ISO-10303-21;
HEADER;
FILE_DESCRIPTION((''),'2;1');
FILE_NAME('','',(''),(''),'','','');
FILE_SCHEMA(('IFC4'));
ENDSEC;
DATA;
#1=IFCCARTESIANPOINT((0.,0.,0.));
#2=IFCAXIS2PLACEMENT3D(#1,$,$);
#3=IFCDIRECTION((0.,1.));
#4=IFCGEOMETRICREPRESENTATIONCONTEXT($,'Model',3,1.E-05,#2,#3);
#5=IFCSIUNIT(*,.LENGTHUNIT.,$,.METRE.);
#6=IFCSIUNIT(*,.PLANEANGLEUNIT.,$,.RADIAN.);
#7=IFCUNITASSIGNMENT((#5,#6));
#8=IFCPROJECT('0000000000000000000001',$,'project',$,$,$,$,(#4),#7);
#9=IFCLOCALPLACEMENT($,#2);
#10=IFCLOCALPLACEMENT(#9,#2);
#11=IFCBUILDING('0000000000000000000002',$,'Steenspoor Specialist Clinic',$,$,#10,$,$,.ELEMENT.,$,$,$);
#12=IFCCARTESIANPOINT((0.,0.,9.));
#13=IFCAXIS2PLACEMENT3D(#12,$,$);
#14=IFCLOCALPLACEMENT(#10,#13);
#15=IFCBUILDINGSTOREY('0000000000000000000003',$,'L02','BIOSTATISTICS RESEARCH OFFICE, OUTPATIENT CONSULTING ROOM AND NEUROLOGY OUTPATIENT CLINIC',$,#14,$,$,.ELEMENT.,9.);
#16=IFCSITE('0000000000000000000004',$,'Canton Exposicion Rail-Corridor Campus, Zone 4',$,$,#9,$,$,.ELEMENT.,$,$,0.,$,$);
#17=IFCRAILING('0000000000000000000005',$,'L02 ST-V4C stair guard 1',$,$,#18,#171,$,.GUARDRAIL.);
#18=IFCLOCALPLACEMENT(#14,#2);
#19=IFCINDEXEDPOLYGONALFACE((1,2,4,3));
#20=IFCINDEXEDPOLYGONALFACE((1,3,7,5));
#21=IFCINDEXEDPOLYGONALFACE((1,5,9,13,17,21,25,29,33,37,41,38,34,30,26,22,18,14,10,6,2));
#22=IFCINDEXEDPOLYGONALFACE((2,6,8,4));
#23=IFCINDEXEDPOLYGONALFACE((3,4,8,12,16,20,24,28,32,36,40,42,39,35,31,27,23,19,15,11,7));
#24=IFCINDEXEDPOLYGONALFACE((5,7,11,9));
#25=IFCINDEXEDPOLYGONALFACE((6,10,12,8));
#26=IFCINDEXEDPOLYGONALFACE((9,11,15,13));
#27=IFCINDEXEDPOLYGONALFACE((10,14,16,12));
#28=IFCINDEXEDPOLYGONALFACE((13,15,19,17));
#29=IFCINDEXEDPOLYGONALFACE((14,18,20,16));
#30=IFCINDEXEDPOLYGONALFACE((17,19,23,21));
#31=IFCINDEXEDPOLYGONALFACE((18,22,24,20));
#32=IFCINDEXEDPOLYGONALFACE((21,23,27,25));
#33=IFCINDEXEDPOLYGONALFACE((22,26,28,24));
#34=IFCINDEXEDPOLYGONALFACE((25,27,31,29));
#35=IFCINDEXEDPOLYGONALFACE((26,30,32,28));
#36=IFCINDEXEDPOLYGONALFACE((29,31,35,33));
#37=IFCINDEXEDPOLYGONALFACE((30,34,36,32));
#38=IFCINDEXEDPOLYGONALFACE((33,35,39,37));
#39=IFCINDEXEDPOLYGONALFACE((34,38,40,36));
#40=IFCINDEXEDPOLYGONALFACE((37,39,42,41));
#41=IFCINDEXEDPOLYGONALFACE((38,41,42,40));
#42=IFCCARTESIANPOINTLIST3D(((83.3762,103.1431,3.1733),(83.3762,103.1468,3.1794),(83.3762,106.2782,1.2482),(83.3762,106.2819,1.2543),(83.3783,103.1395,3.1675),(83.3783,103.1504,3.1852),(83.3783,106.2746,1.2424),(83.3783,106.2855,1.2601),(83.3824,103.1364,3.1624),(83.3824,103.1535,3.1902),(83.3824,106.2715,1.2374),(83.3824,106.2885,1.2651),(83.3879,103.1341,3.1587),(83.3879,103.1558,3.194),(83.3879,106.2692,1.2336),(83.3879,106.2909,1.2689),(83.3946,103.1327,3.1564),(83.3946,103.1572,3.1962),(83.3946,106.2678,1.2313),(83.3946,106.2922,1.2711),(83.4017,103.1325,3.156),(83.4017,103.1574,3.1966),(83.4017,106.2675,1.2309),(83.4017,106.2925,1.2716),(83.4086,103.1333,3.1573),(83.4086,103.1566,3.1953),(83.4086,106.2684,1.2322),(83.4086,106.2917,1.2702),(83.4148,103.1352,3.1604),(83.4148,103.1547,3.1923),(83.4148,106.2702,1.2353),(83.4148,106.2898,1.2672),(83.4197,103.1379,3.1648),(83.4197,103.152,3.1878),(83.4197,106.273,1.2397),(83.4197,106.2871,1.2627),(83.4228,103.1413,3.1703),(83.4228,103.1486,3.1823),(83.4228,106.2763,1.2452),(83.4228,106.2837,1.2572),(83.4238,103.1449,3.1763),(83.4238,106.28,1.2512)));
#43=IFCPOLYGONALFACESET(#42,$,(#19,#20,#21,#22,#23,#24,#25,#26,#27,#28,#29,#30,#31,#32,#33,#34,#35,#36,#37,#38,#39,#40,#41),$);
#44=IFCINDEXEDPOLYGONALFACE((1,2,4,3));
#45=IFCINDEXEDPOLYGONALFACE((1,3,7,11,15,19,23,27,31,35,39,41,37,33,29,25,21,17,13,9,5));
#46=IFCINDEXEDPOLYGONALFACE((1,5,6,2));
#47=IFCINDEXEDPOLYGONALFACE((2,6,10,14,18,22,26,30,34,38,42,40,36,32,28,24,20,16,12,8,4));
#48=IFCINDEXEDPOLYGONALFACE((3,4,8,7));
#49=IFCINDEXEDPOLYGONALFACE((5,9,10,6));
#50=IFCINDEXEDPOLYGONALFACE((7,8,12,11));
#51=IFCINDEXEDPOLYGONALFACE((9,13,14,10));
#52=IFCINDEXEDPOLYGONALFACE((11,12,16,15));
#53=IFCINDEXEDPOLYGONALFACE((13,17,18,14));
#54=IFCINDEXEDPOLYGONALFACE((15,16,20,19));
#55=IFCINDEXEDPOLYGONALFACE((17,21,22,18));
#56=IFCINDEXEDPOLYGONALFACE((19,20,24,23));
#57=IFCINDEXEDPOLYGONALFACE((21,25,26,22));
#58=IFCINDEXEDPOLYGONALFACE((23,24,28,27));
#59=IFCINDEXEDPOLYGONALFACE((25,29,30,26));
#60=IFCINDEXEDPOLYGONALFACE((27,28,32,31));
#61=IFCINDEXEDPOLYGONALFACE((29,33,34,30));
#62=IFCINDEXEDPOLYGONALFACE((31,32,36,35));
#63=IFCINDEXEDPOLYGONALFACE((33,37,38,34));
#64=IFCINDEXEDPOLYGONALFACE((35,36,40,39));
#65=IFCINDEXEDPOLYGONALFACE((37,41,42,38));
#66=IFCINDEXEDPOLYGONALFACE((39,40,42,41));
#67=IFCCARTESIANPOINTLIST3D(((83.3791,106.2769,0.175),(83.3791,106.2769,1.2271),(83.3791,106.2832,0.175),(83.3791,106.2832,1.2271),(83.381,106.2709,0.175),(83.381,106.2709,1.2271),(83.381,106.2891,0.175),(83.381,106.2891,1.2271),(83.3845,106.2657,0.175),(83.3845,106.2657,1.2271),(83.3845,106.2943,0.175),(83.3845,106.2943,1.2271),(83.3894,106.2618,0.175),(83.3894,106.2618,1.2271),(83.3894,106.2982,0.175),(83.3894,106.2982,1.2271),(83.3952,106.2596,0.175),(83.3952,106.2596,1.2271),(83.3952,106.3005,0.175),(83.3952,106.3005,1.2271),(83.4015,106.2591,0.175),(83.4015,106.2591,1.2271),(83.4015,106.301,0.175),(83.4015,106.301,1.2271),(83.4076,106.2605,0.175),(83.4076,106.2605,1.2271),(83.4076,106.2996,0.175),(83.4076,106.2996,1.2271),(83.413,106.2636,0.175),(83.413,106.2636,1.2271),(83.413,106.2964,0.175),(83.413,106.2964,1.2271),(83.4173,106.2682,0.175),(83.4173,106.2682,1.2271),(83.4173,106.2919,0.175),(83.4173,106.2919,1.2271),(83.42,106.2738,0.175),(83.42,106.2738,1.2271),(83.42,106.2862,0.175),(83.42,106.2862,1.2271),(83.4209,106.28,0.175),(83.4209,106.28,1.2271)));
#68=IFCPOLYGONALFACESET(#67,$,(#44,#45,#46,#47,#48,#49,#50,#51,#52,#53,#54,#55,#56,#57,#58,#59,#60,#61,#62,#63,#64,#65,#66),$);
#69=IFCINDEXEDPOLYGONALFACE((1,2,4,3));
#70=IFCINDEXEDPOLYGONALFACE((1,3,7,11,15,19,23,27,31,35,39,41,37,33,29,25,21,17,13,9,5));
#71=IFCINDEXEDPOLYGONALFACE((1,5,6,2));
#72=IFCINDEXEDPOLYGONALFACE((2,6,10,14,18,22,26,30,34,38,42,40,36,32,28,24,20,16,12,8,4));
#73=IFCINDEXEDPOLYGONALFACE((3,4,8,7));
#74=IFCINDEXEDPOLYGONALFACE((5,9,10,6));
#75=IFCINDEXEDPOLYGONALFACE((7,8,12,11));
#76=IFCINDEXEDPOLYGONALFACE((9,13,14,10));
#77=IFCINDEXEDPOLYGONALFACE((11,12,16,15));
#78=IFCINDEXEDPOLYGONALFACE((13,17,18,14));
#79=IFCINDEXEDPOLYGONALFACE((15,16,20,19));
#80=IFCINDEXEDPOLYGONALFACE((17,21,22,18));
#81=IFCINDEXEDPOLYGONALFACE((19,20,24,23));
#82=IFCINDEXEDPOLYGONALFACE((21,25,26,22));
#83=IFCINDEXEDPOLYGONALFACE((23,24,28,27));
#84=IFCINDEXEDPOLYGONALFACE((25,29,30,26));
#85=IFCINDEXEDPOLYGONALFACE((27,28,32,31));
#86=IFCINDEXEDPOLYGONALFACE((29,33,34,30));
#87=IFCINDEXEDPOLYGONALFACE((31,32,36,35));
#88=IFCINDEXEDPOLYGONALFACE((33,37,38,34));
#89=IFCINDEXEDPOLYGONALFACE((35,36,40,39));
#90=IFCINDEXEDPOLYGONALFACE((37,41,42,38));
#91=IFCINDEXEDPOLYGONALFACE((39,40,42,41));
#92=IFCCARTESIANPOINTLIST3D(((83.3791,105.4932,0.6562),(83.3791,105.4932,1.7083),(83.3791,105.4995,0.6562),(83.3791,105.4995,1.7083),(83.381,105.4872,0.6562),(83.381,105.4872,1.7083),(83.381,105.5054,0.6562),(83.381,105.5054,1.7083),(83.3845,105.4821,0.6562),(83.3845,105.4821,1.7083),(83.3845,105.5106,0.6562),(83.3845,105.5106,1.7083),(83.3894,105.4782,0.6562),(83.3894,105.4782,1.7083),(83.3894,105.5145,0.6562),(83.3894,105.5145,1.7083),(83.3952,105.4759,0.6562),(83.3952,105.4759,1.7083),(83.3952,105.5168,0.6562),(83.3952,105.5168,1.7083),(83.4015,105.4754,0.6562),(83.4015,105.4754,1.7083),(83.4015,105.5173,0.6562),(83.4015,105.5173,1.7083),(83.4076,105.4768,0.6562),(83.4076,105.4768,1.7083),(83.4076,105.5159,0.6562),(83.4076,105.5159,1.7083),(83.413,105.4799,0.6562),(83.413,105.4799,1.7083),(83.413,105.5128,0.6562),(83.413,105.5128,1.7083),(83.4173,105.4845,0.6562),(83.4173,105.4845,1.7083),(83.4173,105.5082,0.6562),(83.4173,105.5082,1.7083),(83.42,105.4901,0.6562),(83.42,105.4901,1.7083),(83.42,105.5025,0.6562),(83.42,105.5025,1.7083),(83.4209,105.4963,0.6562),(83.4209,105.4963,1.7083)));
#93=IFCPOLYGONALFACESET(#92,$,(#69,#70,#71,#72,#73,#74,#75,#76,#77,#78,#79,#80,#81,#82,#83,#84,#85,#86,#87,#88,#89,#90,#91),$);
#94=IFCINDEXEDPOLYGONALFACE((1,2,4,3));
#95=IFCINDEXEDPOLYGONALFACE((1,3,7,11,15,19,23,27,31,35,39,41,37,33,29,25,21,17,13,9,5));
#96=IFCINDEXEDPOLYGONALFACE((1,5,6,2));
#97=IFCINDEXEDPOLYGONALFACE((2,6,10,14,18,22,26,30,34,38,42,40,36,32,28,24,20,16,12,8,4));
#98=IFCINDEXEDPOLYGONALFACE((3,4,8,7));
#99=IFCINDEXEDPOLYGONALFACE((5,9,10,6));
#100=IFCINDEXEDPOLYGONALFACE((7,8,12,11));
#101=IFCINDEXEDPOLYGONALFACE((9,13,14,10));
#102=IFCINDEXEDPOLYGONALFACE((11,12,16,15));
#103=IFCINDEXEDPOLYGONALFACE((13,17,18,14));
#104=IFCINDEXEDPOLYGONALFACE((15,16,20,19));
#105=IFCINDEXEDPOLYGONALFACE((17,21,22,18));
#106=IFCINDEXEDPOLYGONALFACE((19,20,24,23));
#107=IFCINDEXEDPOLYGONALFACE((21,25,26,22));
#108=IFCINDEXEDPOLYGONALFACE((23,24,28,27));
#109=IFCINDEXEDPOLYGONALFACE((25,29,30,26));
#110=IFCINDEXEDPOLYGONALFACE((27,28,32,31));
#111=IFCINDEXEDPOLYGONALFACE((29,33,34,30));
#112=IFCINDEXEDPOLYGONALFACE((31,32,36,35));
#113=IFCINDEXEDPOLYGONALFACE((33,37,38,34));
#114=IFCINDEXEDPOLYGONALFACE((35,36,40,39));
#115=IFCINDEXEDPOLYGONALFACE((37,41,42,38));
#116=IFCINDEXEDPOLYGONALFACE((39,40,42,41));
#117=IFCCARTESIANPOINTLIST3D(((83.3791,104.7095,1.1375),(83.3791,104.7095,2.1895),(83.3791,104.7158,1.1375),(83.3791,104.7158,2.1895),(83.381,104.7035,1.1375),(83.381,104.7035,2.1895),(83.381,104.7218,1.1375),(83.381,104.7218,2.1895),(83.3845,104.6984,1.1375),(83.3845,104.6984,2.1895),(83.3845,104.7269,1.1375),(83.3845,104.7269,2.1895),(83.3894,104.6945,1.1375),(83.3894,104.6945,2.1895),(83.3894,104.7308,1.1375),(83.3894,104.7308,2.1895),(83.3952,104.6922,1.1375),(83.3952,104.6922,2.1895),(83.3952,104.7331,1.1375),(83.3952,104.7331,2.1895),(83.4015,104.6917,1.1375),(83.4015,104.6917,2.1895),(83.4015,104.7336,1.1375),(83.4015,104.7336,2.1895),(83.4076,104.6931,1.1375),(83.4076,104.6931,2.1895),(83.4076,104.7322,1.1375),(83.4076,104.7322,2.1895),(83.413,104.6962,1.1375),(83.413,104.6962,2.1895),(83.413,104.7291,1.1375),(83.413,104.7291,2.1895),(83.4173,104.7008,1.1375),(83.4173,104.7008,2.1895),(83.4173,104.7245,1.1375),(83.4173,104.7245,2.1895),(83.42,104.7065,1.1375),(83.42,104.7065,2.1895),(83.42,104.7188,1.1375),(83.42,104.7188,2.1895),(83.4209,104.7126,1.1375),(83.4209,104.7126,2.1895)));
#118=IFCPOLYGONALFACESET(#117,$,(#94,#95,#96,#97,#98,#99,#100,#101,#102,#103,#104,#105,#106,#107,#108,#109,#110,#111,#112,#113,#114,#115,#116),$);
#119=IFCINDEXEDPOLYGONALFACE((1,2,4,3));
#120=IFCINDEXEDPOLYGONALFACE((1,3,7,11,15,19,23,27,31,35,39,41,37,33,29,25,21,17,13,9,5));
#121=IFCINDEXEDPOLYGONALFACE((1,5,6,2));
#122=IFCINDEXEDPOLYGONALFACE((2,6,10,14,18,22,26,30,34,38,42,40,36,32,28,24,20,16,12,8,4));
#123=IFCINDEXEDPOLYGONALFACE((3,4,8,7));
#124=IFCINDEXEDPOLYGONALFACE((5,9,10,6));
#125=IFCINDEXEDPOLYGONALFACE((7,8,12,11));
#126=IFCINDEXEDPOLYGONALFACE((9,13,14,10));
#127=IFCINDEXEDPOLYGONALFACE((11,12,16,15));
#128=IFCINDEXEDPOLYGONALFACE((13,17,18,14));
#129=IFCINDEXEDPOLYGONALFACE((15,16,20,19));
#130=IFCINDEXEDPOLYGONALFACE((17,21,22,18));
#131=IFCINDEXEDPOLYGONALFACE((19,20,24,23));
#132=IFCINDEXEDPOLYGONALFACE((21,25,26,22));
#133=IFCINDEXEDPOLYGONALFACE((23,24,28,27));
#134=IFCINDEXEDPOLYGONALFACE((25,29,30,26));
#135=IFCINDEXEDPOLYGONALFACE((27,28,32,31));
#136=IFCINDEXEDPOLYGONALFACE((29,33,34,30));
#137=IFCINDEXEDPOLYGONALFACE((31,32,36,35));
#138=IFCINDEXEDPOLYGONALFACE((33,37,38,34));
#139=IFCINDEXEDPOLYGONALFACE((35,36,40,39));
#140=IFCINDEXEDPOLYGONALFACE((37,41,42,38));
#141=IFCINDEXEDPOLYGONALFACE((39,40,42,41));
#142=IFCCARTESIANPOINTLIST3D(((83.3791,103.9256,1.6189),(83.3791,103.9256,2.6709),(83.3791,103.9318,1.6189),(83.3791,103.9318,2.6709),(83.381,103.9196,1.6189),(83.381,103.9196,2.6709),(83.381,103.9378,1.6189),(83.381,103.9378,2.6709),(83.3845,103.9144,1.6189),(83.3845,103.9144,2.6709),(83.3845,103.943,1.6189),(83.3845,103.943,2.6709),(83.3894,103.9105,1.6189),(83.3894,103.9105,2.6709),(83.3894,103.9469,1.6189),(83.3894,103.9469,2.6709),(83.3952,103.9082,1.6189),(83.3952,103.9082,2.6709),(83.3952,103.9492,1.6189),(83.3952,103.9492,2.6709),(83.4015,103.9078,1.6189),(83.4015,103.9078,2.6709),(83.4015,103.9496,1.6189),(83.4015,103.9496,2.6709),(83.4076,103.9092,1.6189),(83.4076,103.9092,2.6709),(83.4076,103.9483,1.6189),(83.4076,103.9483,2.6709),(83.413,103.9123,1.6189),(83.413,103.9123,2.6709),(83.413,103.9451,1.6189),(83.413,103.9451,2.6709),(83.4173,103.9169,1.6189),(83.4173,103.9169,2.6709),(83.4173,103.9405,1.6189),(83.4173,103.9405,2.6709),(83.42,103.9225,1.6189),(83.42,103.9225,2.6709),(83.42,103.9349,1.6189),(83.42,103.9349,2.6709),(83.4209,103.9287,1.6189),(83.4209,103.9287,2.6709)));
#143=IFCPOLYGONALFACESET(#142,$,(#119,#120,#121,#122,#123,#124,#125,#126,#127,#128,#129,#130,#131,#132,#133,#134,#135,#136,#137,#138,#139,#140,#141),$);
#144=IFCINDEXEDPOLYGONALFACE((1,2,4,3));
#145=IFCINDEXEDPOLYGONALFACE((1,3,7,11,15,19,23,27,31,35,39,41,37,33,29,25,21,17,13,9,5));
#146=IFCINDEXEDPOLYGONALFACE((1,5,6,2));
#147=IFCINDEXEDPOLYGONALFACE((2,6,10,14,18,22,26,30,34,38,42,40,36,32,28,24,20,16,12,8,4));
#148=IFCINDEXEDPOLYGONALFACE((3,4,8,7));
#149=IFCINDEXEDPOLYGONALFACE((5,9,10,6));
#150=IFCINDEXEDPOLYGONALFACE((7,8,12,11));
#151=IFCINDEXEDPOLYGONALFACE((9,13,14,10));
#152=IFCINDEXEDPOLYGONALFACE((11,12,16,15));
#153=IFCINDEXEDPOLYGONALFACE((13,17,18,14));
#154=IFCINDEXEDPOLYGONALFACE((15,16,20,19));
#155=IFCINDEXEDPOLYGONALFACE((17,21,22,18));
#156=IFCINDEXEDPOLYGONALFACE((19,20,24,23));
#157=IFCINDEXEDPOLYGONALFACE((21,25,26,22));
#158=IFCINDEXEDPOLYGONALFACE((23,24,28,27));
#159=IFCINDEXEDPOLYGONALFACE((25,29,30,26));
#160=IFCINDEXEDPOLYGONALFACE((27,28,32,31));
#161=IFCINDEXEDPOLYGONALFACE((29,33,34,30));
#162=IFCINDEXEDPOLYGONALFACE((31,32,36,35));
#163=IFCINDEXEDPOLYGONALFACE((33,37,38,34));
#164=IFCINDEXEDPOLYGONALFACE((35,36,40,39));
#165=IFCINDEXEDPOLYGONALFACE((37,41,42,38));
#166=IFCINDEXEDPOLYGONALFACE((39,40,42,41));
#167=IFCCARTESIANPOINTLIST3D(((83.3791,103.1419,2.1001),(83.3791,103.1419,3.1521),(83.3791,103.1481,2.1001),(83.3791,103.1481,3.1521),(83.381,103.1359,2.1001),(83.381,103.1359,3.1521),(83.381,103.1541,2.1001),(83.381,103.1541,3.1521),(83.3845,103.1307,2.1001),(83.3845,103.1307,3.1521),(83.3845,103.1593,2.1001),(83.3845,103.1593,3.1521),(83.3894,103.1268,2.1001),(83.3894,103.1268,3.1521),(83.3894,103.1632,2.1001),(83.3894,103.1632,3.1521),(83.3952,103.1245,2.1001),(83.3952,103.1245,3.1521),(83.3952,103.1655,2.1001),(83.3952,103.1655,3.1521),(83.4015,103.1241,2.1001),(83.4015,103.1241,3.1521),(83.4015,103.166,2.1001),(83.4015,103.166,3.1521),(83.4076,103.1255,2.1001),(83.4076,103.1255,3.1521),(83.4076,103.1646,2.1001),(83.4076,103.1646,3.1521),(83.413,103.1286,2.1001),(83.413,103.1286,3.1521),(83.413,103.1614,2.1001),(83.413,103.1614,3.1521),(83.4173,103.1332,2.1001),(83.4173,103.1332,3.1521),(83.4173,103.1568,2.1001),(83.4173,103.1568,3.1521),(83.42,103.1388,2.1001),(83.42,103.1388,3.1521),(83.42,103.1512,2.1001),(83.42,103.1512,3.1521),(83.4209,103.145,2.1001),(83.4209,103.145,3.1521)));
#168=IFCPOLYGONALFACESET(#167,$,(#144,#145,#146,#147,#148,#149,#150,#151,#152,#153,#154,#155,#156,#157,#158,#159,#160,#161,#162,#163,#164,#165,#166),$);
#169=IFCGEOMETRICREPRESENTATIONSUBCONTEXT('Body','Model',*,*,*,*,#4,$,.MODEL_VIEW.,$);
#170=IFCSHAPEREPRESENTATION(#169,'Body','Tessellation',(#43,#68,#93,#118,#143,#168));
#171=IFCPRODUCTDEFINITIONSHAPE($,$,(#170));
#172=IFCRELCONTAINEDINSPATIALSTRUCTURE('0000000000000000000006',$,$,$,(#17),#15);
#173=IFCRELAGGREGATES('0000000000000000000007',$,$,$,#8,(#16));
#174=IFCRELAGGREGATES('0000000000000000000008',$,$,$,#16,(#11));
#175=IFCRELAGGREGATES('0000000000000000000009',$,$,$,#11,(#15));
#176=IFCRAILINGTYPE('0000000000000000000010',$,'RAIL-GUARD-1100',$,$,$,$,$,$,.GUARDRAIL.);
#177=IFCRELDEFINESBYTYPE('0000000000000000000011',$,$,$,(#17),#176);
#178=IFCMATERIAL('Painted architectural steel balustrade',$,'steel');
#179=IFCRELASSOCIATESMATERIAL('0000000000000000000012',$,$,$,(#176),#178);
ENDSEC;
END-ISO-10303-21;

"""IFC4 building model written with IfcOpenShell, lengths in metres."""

from ifc_helpers import new_model, si_unit, direction, frame, origin, origin_2d, place, context, subcontext, project, spatial, circle, extrude, material, type_object, element, save


model = new_model("IFC4")

# Units and contexts
model_context = context("Model", 3, precision=1e-05, world=origin(), true_north=direction((0.0, 1.0)))
body_context = subcontext(model_context, "Body", "Model", "MODEL_VIEW")
ifc_project = project(units=[si_unit("LENGTHUNIT", "METRE"), si_unit("PLANEANGLEUNIT", "RADIAN")], contexts=[model_context])

# Site, building, storey
site_placement = place(None, origin())
site = spatial("IfcSite", under=ifc_project, at=site_placement, Name="Canton Exposicion Rail-Corridor Campus, Zone 4", CompositionType="ELEMENT", RefElevation=0.0)
building_placement = place(site_placement, origin())
building = spatial("IfcBuilding", under=site, at=building_placement, Name="Steenspoor Specialist Clinic", CompositionType="ELEMENT")
storey_placement = place(building_placement, frame((0.0, 0.0, 9.0)))
storey = spatial("IfcBuildingStorey", under=building, at=storey_placement, Name="L02", Description="BIOSTATISTICS RESEARCH OFFICE, OUTPATIENT CONSULTING ROOM AND NEUROLOGY OUTPATIENT CLINIC", CompositionType="ELEMENT", Elevation=9.0)

# Railing
ifc_material_1 = material(Name="Painted architectural steel balustrade", Category="steel")
railing_type_1 = type_object("IfcRailingType", Name="RAIL-GUARD-1100", PredefinedType="GUARDRAIL", material=ifc_material_1)
railing_1_placement = place(storey_placement, frame((83.3999, 106.28, 0.175)))
element("IfcRailing", 1, at=railing_1_placement, inside=storey, type_object=railing_type_1, Name="L02 ST-V4C stair guard 1", PredefinedType="GUARDRAIL", context=body_context, shape_type="SweptSolid", body=[
    extrude(circle(Radius=0.0239, at=origin_2d()), frame((0.0, 0.0, 1.0762), z_axis=(0.0, -0.852166, 0.523271), x_axis=(1.0, 0.0, 0.0)), (0.0, 0.0, 1.0), 3.679),
    extrude(circle(Radius=0.021, at=origin_2d()), origin(), (0.0, 0.0, 1.0), 1.052),
    extrude(circle(Radius=0.021, at=origin_2d()), frame((0.0, -0.7837, 0.4812)), (0.0, 0.0, 1.0), 1.052),
    extrude(circle(Radius=0.021, at=origin_2d()), frame((0.0, -1.5674, 0.9624)), (0.0, 0.0, 1.0), 1.052),
    extrude(circle(Radius=0.021, at=origin_2d()), frame((0.0, -2.3513, 1.4438)), (0.0, 0.0, 1.0), 1.052),
    extrude(circle(Radius=0.021, at=origin_2d()), frame((0.0, -3.135, 1.925)), (0.0, 0.0, 1.0), 1.052),
])

save(model, "model.ifc")
